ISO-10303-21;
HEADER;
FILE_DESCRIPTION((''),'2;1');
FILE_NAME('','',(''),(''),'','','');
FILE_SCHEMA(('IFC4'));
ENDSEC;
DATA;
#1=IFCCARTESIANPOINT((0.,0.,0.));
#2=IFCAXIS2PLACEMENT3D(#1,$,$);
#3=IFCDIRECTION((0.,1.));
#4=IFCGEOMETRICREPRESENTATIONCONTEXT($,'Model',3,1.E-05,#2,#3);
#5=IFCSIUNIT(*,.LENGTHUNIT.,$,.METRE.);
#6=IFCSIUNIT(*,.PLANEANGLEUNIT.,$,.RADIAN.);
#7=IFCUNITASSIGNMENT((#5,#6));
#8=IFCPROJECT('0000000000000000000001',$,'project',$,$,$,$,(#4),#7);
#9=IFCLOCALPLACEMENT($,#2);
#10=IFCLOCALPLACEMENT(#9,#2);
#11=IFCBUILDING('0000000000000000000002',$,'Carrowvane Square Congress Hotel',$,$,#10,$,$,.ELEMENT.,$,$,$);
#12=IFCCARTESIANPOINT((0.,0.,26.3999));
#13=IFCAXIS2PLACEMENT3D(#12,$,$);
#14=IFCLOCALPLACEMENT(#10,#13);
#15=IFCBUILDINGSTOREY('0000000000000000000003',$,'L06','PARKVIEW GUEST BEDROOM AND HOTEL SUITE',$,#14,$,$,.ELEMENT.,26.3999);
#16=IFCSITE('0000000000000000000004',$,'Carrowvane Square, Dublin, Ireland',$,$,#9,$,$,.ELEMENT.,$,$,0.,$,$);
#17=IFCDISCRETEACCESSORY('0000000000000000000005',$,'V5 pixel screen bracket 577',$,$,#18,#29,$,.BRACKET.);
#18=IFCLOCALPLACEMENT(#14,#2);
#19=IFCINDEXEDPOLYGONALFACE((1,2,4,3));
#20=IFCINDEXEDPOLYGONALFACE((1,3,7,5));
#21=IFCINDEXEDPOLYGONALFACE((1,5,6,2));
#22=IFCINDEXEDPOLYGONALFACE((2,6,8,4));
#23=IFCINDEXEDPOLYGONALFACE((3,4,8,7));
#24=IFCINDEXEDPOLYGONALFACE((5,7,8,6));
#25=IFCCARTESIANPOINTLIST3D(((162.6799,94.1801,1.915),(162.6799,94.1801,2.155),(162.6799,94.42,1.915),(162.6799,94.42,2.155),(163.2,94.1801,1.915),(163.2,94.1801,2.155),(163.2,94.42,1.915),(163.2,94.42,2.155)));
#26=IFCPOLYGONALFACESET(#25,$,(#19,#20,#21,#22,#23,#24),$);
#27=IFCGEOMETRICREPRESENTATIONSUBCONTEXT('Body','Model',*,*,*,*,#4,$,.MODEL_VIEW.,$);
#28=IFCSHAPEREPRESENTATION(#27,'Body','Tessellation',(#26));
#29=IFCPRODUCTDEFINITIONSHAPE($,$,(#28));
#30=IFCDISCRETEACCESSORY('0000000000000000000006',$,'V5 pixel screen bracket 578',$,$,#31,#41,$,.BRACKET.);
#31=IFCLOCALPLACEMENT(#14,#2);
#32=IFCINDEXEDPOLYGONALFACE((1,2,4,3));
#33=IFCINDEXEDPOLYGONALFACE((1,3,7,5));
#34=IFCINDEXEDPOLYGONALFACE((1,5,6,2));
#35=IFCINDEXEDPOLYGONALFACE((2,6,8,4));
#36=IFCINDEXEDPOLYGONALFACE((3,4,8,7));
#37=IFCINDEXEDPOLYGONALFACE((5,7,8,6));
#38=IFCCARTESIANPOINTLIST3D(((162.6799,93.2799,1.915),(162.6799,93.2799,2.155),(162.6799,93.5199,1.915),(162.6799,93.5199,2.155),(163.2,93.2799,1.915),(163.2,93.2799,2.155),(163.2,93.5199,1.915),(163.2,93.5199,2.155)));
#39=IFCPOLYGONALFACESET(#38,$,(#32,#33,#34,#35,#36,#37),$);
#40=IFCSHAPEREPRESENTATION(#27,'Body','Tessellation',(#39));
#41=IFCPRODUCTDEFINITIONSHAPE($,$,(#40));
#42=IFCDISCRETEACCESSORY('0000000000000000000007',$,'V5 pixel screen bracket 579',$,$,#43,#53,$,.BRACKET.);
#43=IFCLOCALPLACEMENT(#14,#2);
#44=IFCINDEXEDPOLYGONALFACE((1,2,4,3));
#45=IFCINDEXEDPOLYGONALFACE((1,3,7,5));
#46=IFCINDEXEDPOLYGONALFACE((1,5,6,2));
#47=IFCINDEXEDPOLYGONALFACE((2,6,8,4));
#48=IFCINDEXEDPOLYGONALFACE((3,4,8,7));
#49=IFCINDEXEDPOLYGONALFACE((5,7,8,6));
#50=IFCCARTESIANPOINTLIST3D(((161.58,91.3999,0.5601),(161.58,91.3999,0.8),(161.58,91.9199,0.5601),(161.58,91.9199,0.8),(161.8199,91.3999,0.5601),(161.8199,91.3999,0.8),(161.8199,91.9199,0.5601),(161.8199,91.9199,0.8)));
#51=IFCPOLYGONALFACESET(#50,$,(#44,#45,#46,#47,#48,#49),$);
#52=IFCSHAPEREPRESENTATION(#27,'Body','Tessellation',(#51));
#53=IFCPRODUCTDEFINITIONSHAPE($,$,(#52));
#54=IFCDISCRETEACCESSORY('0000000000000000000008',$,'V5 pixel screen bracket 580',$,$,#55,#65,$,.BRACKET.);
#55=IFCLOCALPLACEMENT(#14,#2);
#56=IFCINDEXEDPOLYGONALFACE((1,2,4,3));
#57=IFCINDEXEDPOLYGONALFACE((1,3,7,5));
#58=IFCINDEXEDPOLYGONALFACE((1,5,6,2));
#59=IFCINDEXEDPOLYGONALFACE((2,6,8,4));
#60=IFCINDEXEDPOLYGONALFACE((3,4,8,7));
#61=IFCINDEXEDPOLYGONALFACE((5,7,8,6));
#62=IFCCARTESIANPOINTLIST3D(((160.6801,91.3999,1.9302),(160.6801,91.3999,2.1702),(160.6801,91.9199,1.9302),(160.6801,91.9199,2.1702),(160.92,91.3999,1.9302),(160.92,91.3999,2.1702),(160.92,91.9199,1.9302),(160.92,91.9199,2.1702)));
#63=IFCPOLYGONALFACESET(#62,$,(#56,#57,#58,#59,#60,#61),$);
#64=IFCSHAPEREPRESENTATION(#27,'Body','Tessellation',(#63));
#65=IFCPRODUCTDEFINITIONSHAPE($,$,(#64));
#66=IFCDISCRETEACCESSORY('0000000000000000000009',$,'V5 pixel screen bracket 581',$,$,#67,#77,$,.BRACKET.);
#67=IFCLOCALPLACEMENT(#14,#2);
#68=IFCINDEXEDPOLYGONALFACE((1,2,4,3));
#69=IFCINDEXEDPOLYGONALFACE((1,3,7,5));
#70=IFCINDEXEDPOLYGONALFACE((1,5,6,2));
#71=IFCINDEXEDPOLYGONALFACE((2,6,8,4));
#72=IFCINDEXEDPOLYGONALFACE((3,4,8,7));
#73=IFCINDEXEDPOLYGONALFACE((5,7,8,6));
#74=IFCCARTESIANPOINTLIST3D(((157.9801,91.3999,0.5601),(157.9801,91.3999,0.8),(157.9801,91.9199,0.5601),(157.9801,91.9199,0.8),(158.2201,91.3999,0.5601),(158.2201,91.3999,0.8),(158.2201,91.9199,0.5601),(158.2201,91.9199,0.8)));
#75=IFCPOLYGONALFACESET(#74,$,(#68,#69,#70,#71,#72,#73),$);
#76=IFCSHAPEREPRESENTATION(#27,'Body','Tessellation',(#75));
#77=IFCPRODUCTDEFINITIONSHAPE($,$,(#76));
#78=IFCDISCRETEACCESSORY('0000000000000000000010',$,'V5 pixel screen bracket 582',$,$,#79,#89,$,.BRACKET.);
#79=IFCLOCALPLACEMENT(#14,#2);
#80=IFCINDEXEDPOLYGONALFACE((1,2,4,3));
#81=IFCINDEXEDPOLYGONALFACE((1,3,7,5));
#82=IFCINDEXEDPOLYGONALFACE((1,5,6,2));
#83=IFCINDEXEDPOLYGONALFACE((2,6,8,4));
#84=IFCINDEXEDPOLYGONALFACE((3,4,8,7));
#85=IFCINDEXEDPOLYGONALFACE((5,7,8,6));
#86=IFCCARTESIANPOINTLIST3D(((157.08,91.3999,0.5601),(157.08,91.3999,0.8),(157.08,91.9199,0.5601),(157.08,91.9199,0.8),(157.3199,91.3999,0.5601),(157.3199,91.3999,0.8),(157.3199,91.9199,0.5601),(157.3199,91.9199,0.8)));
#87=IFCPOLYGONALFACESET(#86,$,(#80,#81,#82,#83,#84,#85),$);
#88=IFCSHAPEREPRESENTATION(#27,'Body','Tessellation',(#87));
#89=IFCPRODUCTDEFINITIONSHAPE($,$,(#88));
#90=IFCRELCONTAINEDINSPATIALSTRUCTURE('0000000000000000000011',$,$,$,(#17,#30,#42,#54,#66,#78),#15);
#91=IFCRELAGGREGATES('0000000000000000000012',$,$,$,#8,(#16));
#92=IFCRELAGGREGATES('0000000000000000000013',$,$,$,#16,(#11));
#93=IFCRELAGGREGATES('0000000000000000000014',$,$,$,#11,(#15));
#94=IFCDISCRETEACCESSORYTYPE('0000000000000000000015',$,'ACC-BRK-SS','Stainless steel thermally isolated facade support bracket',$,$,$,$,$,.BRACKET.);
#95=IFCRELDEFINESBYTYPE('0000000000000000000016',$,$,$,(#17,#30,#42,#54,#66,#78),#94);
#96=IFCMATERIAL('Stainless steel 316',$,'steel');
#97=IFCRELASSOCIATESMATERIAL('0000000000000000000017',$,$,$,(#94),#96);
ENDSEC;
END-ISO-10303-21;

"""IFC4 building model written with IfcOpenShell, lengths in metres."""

from ifc_helpers import new_model, si_unit, direction, frame, origin, origin_2d, place, context, subcontext, project, spatial, rectangle, extrude, material, type_object, element, save


model = new_model("IFC4")

# Units and contexts
model_context = context("Model", 3, precision=1e-05, world=origin(), true_north=direction((0.0, 1.0)))
body_context = subcontext(model_context, "Body", "Model", "MODEL_VIEW")
ifc_project = project(units=[si_unit("LENGTHUNIT", "METRE"), si_unit("PLANEANGLEUNIT", "RADIAN")], contexts=[model_context])

# Site, building, storey
site_placement = place(None, origin())
site = spatial("IfcSite", under=ifc_project, at=site_placement, Name="Carrowvane Square, Dublin, Ireland", CompositionType="ELEMENT", RefElevation=0.0)
building_placement = place(site_placement, origin())
building = spatial("IfcBuilding", under=site, at=building_placement, Name="Carrowvane Square Congress Hotel", CompositionType="ELEMENT")
storey_placement = place(building_placement, frame((0.0, 0.0, 26.3999)))
storey = spatial("IfcBuildingStorey", under=building, at=storey_placement, Name="L06", Description="PARKVIEW GUEST BEDROOM AND HOTEL SUITE", CompositionType="ELEMENT", Elevation=26.3999)

# Discrete accessories
ifc_material_1 = material(Name="Stainless steel 316", Category="steel")
discrete_accessory_type = type_object("IfcDiscreteAccessoryType", Name="ACC-BRK-SS", Description="Stainless steel thermally isolated facade support bracket", PredefinedType="BRACKET", material=ifc_material_1)
for number, where, z_axis, x_axis, name in (
    (1, (162.9399, 94.3, 1.915), (0.0, 0.0, 1.0), (0.0, -1.0, 0.0), "V5 pixel screen bracket 577"),
    (2, (162.9399, 93.3999, 1.915), (0.0, 0.0, 1.0), (0.0, -1.0, 0.0), "V5 pixel screen bracket 578"),
    (3, (161.7, 91.6599, 0.5601), (0.0, 0.0, 1.0), (-1.0, 0.0, 0.0), "V5 pixel screen bracket 579"),
    (4, (160.8, 91.6599, 1.9302), (0.0, 0.0, 1.0), (-1.0, 0.0, 0.0), "V5 pixel screen bracket 580"),
    (5, (158.1001, 91.6599, 0.5601), (0.0, 0.0, 1.0), (-1.0, 0.0, 0.0), "V5 pixel screen bracket 581"),
    (6, (157.2, 91.6599, 0.5601), (0.0, 0.0, 1.0), (-1.0, 0.0, 0.0), "V5 pixel screen bracket 582"),
):
    element("IfcDiscreteAccessory", number, at=place(storey_placement, frame(where, z_axis=z_axis, x_axis=x_axis)), inside=storey, type_object=discrete_accessory_type, Name=name, PredefinedType="BRACKET", context=body_context, shape_type="SweptSolid", body=[
        extrude(rectangle(XDim=0.24, YDim=0.52, at=origin_2d()), origin(), (0.0, 0.0, 1.0), 0.24),
    ])

save(model, "model.ifc")
